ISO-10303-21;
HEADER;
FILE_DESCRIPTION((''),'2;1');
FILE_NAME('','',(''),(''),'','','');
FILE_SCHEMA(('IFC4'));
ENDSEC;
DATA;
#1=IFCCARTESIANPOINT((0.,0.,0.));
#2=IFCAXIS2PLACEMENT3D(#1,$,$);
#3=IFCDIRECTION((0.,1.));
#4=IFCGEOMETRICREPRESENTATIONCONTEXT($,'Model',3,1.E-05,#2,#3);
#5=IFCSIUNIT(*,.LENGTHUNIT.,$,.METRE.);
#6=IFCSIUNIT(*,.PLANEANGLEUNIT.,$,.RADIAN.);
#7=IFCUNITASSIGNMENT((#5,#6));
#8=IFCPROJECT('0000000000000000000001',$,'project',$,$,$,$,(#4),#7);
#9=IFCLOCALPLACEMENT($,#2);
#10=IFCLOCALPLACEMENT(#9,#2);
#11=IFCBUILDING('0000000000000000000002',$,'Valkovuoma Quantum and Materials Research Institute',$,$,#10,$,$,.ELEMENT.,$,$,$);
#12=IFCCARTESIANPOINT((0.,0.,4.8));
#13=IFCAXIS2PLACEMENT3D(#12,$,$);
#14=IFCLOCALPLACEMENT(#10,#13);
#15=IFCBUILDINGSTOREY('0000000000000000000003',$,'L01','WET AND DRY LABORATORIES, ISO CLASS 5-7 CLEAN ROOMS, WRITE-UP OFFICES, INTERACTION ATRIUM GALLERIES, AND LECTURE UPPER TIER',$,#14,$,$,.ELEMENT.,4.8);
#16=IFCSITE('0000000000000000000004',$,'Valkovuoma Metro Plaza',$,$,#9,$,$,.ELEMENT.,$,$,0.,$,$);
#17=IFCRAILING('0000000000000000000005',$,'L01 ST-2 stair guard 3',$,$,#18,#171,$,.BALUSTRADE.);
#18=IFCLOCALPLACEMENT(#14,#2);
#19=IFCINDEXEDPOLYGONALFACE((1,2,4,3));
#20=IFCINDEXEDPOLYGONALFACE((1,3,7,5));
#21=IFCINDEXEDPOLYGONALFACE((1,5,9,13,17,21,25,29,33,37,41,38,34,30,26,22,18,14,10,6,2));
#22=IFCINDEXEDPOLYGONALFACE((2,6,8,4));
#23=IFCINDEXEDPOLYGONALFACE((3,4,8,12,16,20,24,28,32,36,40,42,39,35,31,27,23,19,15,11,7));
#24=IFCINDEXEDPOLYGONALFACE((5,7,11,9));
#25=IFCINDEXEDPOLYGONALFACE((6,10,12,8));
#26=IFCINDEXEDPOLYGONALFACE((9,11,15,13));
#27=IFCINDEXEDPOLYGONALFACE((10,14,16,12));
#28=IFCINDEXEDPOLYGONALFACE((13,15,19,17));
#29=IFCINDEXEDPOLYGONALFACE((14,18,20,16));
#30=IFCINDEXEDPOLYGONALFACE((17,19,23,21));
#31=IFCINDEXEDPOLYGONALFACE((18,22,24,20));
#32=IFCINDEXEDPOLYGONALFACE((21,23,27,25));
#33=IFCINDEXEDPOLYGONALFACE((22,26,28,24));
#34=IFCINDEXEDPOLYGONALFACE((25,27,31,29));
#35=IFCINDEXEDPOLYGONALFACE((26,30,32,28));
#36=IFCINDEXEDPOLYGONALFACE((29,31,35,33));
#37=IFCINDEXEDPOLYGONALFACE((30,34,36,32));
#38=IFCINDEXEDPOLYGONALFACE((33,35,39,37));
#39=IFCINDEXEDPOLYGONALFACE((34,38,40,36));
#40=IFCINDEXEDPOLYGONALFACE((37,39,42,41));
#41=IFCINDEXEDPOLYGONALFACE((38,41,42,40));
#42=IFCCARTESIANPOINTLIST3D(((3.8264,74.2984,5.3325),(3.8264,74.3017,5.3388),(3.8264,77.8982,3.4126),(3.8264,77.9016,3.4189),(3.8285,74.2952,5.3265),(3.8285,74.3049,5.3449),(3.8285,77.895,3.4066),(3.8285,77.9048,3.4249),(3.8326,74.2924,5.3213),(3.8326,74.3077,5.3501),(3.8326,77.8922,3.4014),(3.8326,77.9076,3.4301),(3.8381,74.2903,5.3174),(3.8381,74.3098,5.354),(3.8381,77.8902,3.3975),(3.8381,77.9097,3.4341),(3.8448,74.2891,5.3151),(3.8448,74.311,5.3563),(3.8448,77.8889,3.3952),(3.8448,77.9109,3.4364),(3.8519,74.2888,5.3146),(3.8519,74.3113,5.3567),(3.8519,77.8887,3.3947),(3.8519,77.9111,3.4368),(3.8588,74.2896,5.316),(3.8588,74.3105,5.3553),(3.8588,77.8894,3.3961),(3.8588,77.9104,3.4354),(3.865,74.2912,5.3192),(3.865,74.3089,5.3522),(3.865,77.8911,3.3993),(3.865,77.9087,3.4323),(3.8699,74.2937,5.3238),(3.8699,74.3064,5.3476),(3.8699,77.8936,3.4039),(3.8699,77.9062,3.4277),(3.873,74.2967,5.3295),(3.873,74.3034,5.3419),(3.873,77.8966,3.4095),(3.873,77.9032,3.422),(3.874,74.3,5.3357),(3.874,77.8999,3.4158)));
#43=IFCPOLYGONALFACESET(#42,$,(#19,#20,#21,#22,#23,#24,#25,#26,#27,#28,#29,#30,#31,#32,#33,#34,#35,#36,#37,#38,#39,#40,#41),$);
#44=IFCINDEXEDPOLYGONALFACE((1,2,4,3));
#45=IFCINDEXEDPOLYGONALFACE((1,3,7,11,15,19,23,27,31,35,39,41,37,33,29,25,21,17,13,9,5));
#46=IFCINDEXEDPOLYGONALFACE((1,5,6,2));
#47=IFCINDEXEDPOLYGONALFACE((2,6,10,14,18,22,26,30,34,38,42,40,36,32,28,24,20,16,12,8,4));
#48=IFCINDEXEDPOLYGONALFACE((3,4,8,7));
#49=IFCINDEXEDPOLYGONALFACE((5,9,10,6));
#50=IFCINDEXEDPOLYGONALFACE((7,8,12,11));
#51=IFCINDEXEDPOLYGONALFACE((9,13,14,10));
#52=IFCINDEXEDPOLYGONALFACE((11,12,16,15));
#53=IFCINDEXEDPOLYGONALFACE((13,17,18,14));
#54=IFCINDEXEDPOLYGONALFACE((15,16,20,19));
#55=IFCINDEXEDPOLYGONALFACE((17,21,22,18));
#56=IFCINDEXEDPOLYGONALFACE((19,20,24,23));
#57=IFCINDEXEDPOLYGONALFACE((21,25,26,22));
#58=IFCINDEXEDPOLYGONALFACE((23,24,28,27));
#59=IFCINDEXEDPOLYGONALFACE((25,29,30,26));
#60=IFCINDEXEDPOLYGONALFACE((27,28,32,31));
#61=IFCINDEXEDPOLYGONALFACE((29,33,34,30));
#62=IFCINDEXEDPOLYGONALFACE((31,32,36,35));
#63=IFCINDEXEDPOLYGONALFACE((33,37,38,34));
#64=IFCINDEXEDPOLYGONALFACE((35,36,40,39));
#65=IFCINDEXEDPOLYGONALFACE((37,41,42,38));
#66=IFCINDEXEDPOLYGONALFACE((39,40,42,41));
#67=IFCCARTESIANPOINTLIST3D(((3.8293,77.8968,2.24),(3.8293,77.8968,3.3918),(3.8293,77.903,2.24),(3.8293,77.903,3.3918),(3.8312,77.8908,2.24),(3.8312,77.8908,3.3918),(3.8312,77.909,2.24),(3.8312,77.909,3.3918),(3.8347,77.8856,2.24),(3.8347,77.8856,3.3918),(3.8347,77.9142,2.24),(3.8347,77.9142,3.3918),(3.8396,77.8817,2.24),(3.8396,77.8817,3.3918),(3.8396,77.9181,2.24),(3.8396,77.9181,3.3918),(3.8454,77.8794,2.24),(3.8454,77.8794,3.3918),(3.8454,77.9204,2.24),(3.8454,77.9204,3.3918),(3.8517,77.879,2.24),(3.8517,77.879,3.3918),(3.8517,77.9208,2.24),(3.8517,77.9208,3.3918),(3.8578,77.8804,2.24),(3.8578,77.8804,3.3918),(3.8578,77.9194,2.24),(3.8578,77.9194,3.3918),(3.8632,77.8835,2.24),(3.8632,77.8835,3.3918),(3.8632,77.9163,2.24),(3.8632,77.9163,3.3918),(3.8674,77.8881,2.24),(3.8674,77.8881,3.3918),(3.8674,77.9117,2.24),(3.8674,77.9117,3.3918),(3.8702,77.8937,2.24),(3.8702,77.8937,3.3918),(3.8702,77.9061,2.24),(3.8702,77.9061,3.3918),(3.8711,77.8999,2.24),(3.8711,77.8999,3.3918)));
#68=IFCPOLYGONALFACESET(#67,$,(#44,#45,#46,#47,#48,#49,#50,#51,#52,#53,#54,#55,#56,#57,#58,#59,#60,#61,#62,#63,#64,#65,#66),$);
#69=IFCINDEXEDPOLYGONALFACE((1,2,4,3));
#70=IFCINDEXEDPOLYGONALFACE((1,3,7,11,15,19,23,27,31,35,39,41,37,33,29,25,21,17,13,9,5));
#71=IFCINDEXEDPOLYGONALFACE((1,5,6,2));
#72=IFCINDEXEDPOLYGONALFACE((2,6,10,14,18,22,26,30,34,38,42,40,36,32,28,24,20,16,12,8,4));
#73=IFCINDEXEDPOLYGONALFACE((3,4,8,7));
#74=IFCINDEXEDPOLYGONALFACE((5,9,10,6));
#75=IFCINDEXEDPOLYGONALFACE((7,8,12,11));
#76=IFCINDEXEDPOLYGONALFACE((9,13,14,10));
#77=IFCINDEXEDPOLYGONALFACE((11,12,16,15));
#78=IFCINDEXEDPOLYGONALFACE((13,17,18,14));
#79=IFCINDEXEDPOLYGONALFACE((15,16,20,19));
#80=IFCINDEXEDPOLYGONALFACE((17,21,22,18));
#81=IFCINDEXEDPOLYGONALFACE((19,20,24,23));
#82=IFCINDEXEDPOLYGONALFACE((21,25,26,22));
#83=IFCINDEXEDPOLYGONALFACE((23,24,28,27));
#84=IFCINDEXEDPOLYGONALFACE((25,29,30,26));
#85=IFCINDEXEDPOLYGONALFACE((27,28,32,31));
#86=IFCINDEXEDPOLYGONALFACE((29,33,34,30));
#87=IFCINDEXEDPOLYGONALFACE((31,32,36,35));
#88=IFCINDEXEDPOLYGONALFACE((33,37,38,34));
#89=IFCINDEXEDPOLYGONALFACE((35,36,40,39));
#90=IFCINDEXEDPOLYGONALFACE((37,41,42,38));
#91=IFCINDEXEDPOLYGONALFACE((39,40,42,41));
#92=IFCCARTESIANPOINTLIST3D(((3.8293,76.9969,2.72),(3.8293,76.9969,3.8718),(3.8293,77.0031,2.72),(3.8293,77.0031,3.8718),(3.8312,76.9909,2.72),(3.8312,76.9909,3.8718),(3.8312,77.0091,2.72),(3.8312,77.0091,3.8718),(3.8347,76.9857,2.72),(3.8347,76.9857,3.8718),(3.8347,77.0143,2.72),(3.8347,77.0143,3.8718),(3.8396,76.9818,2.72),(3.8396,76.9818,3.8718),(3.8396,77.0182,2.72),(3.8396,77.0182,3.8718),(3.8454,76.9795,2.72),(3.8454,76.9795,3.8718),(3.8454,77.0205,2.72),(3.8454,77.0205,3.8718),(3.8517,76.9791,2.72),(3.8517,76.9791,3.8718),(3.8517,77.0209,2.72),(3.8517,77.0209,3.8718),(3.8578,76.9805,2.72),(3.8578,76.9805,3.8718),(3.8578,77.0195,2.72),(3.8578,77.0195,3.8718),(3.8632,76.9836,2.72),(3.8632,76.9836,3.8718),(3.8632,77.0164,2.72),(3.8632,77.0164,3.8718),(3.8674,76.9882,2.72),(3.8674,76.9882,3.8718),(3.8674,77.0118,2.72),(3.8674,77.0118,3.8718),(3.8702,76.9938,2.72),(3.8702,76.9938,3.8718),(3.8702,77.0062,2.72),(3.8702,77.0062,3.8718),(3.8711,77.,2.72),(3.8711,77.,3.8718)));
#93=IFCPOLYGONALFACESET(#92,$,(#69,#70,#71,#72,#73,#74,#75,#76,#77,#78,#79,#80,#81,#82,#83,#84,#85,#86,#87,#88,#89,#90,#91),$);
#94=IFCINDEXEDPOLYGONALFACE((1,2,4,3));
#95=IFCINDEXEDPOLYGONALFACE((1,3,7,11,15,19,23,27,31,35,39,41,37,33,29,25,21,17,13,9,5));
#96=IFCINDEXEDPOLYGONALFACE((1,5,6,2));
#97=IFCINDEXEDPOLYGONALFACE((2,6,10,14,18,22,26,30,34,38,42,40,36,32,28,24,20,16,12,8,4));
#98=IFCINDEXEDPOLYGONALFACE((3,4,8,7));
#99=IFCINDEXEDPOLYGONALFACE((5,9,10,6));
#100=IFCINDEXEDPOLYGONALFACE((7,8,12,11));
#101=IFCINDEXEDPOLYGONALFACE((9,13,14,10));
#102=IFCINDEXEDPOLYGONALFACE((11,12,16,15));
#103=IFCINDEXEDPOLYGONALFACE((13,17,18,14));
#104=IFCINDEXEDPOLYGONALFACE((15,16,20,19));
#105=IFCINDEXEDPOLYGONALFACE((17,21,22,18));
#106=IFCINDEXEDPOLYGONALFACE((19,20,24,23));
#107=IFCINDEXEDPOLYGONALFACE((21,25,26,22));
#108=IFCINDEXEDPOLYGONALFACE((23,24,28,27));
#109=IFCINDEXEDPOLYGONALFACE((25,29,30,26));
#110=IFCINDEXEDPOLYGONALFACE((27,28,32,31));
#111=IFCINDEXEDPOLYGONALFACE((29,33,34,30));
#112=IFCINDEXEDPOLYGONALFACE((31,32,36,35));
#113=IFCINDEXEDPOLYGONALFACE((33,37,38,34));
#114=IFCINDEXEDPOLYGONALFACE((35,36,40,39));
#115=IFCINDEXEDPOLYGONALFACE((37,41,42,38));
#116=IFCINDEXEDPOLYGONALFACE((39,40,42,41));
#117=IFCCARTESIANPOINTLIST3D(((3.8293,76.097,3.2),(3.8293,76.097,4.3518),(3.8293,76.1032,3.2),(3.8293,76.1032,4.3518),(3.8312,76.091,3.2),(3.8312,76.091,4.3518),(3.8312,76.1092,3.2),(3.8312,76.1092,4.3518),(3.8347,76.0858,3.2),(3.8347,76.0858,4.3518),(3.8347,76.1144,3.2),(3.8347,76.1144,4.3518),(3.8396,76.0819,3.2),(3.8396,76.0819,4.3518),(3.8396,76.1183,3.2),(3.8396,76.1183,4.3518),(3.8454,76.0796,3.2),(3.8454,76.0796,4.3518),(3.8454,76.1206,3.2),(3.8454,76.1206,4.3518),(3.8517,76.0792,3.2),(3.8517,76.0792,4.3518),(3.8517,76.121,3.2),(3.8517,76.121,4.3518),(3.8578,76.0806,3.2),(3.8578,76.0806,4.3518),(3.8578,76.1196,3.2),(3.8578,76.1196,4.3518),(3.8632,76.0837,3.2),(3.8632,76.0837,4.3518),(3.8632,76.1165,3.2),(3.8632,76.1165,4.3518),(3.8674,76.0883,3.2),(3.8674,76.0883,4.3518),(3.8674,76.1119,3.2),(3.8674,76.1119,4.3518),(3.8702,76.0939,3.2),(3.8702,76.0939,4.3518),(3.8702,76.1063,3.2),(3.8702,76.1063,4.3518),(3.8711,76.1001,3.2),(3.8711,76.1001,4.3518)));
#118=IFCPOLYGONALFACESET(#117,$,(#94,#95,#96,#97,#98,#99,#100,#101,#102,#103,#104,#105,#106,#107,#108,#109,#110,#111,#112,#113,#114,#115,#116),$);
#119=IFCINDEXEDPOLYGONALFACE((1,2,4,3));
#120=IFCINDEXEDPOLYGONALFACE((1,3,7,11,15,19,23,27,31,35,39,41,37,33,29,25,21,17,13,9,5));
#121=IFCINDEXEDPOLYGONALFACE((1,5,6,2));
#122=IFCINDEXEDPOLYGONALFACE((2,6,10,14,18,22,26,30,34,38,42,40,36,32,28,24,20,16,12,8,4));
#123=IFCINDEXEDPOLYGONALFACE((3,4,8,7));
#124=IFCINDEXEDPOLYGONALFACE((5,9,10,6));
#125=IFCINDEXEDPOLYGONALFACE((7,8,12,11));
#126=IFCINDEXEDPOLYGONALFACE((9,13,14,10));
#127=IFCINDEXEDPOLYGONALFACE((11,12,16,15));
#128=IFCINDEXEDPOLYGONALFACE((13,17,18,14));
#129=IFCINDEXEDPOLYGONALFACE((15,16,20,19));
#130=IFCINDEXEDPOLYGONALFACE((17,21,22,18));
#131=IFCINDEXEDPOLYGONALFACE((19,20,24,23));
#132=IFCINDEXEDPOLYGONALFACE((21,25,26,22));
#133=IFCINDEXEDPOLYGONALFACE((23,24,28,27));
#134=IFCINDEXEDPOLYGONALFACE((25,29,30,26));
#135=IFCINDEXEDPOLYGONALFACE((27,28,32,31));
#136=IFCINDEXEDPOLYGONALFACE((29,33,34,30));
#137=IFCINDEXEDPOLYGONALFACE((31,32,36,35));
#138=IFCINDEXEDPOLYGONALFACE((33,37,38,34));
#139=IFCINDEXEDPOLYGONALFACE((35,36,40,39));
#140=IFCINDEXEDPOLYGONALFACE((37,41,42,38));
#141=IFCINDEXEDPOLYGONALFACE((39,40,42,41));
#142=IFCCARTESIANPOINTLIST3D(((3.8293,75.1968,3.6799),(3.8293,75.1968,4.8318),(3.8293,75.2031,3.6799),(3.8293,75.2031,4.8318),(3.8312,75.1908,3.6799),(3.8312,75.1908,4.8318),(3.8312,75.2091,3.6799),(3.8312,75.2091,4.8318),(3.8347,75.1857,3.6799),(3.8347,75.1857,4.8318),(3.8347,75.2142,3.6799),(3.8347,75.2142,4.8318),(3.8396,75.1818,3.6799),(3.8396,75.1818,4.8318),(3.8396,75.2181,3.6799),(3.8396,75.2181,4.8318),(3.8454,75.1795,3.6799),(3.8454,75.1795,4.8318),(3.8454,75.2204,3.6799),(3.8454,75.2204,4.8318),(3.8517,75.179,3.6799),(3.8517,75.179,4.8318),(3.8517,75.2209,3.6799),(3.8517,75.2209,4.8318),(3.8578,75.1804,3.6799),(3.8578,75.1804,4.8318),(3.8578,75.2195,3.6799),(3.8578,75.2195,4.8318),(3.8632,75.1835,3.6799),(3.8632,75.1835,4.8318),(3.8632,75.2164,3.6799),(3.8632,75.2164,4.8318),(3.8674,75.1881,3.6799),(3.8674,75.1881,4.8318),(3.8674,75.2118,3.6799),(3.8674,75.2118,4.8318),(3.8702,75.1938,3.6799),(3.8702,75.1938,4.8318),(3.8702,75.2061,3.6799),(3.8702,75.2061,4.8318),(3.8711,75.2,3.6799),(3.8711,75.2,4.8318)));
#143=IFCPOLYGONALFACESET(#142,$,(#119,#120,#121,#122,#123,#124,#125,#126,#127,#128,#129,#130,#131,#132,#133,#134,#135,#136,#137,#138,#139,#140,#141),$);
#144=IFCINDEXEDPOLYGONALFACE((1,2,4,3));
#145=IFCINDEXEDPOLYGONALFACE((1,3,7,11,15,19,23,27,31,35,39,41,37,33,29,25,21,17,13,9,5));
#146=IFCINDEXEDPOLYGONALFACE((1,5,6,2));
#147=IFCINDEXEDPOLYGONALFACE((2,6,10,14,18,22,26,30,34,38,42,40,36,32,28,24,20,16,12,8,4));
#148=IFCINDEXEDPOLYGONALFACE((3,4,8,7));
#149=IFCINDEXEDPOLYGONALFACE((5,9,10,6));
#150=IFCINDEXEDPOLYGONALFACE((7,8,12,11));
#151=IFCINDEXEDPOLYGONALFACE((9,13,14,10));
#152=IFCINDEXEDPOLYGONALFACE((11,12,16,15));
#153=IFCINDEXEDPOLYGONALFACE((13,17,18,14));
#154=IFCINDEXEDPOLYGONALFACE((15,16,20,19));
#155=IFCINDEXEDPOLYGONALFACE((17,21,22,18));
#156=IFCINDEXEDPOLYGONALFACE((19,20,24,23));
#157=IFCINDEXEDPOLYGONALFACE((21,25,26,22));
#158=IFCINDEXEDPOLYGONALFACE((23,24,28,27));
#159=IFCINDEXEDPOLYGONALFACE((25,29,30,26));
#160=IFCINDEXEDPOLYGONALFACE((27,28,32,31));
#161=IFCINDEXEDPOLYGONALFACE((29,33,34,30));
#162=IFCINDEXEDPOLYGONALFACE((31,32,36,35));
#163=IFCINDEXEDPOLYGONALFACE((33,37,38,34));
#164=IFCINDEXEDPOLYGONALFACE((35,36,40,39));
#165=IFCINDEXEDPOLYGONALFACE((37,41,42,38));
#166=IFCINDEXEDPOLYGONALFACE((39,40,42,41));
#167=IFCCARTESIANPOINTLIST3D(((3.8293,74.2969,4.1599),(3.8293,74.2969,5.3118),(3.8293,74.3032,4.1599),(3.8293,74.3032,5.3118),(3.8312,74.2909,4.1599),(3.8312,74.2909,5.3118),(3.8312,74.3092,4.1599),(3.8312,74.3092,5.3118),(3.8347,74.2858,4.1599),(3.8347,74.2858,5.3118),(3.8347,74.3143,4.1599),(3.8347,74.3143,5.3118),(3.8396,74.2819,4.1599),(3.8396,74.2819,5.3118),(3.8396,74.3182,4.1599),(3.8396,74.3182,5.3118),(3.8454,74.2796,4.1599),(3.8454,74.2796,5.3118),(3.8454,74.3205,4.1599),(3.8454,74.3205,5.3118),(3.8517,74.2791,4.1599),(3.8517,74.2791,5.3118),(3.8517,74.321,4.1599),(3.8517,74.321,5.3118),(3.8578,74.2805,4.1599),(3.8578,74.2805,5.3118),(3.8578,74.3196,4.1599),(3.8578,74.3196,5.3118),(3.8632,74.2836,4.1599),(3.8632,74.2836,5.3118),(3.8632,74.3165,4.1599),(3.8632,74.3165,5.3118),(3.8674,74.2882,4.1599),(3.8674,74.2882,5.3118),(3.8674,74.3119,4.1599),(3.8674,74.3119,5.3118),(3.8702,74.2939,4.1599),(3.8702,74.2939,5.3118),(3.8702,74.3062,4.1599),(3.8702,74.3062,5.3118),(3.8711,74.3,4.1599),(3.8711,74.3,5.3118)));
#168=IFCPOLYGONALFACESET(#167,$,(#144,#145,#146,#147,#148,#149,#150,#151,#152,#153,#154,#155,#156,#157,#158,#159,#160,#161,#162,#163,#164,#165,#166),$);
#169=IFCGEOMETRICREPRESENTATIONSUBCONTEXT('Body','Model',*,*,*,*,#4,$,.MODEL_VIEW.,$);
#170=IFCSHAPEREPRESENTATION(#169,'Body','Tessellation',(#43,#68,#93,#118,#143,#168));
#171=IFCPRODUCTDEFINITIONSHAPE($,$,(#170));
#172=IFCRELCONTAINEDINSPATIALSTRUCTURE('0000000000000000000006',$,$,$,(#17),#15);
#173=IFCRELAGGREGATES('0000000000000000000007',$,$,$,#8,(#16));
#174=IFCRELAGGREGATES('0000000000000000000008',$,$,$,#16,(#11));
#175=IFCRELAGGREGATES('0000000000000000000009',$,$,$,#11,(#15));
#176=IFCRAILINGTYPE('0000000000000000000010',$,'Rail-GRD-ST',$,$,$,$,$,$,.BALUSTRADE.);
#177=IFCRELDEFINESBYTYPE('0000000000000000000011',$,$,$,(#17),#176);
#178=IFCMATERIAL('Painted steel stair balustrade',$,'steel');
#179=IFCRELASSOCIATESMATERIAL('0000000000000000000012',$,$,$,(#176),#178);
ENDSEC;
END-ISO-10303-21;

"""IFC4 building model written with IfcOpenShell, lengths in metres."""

from ifc_helpers import new_model, si_unit, direction, frame, origin, origin_2d, place, context, subcontext, project, spatial, circle, extrude, material, type_object, element, save


model = new_model("IFC4")

# Units and contexts
model_context = context("Model", 3, precision=1e-05, world=origin(), true_north=direction((0.0, 1.0)))
body_context = subcontext(model_context, "Body", "Model", "MODEL_VIEW")
ifc_project = project(units=[si_unit("LENGTHUNIT", "METRE"), si_unit("PLANEANGLEUNIT", "RADIAN")], contexts=[model_context])

# Site, building, storey
site_placement = place(None, origin())
site = spatial("IfcSite", under=ifc_project, at=site_placement, Name="Valkovuoma Metro Plaza", CompositionType="ELEMENT", RefElevation=0.0)
building_placement = place(site_placement, origin())
building = spatial("IfcBuilding", under=site, at=building_placement, Name="Valkovuoma Quantum and Materials Research Institute", CompositionType="ELEMENT")
storey_placement = place(building_placement, frame((0.0, 0.0, 4.8)))
storey = spatial("IfcBuildingStorey", under=building, at=storey_placement, Name="L01", Description="WET AND DRY LABORATORIES, ISO CLASS 5-7 CLEAN ROOMS, WRITE-UP OFFICES, INTERACTION ATRIUM GALLERIES, AND LECTURE UPPER TIER", CompositionType="ELEMENT", Elevation=4.8)

# Railing
ifc_material_1 = material(Name="Painted steel stair balustrade", Category="steel")
railing_type_1 = type_object("IfcRailingType", Name="Rail-GRD-ST", PredefinedType="BALUSTRADE", material=ifc_material_1)
railing_1_placement = place(storey_placement, frame((3.8501, 77.8999, 2.24)))
element("IfcRailing", 1, at=railing_1_placement, inside=storey, type_object=railing_type_1, Name="L01 ST-2 stair guard 3", PredefinedType="BALUSTRADE", context=body_context, shape_type="SweptSolid", body=[
    extrude(circle(Radius=0.0239, at=origin_2d()), frame((0.0, 0.0, 1.1758), z_axis=(0.0, -0.882353, 0.470588), x_axis=(1.0, 0.0, 0.0)), (0.0, 0.0, 1.0), 4.0798),
    extrude(circle(Radius=0.021, at=origin_2d()), origin(), (0.0, 0.0, 1.0), 1.1519),
    extrude(circle(Radius=0.021, at=origin_2d()), frame((0.0, -0.8999, 0.48)), (0.0, 0.0, 1.0), 1.1519),
    extrude(circle(Radius=0.021, at=origin_2d()), frame((0.0, -1.7998, 0.96)), (0.0, 0.0, 1.0), 1.1519),
    extrude(circle(Radius=0.021, at=origin_2d()), frame((0.0, -2.7, 1.4399)), (0.0, 0.0, 1.0), 1.1519),
    extrude(circle(Radius=0.021, at=origin_2d()), frame((0.0, -3.5999, 1.9199)), (0.0, 0.0, 1.0), 1.1519),
])

save(model, "model.ifc")
